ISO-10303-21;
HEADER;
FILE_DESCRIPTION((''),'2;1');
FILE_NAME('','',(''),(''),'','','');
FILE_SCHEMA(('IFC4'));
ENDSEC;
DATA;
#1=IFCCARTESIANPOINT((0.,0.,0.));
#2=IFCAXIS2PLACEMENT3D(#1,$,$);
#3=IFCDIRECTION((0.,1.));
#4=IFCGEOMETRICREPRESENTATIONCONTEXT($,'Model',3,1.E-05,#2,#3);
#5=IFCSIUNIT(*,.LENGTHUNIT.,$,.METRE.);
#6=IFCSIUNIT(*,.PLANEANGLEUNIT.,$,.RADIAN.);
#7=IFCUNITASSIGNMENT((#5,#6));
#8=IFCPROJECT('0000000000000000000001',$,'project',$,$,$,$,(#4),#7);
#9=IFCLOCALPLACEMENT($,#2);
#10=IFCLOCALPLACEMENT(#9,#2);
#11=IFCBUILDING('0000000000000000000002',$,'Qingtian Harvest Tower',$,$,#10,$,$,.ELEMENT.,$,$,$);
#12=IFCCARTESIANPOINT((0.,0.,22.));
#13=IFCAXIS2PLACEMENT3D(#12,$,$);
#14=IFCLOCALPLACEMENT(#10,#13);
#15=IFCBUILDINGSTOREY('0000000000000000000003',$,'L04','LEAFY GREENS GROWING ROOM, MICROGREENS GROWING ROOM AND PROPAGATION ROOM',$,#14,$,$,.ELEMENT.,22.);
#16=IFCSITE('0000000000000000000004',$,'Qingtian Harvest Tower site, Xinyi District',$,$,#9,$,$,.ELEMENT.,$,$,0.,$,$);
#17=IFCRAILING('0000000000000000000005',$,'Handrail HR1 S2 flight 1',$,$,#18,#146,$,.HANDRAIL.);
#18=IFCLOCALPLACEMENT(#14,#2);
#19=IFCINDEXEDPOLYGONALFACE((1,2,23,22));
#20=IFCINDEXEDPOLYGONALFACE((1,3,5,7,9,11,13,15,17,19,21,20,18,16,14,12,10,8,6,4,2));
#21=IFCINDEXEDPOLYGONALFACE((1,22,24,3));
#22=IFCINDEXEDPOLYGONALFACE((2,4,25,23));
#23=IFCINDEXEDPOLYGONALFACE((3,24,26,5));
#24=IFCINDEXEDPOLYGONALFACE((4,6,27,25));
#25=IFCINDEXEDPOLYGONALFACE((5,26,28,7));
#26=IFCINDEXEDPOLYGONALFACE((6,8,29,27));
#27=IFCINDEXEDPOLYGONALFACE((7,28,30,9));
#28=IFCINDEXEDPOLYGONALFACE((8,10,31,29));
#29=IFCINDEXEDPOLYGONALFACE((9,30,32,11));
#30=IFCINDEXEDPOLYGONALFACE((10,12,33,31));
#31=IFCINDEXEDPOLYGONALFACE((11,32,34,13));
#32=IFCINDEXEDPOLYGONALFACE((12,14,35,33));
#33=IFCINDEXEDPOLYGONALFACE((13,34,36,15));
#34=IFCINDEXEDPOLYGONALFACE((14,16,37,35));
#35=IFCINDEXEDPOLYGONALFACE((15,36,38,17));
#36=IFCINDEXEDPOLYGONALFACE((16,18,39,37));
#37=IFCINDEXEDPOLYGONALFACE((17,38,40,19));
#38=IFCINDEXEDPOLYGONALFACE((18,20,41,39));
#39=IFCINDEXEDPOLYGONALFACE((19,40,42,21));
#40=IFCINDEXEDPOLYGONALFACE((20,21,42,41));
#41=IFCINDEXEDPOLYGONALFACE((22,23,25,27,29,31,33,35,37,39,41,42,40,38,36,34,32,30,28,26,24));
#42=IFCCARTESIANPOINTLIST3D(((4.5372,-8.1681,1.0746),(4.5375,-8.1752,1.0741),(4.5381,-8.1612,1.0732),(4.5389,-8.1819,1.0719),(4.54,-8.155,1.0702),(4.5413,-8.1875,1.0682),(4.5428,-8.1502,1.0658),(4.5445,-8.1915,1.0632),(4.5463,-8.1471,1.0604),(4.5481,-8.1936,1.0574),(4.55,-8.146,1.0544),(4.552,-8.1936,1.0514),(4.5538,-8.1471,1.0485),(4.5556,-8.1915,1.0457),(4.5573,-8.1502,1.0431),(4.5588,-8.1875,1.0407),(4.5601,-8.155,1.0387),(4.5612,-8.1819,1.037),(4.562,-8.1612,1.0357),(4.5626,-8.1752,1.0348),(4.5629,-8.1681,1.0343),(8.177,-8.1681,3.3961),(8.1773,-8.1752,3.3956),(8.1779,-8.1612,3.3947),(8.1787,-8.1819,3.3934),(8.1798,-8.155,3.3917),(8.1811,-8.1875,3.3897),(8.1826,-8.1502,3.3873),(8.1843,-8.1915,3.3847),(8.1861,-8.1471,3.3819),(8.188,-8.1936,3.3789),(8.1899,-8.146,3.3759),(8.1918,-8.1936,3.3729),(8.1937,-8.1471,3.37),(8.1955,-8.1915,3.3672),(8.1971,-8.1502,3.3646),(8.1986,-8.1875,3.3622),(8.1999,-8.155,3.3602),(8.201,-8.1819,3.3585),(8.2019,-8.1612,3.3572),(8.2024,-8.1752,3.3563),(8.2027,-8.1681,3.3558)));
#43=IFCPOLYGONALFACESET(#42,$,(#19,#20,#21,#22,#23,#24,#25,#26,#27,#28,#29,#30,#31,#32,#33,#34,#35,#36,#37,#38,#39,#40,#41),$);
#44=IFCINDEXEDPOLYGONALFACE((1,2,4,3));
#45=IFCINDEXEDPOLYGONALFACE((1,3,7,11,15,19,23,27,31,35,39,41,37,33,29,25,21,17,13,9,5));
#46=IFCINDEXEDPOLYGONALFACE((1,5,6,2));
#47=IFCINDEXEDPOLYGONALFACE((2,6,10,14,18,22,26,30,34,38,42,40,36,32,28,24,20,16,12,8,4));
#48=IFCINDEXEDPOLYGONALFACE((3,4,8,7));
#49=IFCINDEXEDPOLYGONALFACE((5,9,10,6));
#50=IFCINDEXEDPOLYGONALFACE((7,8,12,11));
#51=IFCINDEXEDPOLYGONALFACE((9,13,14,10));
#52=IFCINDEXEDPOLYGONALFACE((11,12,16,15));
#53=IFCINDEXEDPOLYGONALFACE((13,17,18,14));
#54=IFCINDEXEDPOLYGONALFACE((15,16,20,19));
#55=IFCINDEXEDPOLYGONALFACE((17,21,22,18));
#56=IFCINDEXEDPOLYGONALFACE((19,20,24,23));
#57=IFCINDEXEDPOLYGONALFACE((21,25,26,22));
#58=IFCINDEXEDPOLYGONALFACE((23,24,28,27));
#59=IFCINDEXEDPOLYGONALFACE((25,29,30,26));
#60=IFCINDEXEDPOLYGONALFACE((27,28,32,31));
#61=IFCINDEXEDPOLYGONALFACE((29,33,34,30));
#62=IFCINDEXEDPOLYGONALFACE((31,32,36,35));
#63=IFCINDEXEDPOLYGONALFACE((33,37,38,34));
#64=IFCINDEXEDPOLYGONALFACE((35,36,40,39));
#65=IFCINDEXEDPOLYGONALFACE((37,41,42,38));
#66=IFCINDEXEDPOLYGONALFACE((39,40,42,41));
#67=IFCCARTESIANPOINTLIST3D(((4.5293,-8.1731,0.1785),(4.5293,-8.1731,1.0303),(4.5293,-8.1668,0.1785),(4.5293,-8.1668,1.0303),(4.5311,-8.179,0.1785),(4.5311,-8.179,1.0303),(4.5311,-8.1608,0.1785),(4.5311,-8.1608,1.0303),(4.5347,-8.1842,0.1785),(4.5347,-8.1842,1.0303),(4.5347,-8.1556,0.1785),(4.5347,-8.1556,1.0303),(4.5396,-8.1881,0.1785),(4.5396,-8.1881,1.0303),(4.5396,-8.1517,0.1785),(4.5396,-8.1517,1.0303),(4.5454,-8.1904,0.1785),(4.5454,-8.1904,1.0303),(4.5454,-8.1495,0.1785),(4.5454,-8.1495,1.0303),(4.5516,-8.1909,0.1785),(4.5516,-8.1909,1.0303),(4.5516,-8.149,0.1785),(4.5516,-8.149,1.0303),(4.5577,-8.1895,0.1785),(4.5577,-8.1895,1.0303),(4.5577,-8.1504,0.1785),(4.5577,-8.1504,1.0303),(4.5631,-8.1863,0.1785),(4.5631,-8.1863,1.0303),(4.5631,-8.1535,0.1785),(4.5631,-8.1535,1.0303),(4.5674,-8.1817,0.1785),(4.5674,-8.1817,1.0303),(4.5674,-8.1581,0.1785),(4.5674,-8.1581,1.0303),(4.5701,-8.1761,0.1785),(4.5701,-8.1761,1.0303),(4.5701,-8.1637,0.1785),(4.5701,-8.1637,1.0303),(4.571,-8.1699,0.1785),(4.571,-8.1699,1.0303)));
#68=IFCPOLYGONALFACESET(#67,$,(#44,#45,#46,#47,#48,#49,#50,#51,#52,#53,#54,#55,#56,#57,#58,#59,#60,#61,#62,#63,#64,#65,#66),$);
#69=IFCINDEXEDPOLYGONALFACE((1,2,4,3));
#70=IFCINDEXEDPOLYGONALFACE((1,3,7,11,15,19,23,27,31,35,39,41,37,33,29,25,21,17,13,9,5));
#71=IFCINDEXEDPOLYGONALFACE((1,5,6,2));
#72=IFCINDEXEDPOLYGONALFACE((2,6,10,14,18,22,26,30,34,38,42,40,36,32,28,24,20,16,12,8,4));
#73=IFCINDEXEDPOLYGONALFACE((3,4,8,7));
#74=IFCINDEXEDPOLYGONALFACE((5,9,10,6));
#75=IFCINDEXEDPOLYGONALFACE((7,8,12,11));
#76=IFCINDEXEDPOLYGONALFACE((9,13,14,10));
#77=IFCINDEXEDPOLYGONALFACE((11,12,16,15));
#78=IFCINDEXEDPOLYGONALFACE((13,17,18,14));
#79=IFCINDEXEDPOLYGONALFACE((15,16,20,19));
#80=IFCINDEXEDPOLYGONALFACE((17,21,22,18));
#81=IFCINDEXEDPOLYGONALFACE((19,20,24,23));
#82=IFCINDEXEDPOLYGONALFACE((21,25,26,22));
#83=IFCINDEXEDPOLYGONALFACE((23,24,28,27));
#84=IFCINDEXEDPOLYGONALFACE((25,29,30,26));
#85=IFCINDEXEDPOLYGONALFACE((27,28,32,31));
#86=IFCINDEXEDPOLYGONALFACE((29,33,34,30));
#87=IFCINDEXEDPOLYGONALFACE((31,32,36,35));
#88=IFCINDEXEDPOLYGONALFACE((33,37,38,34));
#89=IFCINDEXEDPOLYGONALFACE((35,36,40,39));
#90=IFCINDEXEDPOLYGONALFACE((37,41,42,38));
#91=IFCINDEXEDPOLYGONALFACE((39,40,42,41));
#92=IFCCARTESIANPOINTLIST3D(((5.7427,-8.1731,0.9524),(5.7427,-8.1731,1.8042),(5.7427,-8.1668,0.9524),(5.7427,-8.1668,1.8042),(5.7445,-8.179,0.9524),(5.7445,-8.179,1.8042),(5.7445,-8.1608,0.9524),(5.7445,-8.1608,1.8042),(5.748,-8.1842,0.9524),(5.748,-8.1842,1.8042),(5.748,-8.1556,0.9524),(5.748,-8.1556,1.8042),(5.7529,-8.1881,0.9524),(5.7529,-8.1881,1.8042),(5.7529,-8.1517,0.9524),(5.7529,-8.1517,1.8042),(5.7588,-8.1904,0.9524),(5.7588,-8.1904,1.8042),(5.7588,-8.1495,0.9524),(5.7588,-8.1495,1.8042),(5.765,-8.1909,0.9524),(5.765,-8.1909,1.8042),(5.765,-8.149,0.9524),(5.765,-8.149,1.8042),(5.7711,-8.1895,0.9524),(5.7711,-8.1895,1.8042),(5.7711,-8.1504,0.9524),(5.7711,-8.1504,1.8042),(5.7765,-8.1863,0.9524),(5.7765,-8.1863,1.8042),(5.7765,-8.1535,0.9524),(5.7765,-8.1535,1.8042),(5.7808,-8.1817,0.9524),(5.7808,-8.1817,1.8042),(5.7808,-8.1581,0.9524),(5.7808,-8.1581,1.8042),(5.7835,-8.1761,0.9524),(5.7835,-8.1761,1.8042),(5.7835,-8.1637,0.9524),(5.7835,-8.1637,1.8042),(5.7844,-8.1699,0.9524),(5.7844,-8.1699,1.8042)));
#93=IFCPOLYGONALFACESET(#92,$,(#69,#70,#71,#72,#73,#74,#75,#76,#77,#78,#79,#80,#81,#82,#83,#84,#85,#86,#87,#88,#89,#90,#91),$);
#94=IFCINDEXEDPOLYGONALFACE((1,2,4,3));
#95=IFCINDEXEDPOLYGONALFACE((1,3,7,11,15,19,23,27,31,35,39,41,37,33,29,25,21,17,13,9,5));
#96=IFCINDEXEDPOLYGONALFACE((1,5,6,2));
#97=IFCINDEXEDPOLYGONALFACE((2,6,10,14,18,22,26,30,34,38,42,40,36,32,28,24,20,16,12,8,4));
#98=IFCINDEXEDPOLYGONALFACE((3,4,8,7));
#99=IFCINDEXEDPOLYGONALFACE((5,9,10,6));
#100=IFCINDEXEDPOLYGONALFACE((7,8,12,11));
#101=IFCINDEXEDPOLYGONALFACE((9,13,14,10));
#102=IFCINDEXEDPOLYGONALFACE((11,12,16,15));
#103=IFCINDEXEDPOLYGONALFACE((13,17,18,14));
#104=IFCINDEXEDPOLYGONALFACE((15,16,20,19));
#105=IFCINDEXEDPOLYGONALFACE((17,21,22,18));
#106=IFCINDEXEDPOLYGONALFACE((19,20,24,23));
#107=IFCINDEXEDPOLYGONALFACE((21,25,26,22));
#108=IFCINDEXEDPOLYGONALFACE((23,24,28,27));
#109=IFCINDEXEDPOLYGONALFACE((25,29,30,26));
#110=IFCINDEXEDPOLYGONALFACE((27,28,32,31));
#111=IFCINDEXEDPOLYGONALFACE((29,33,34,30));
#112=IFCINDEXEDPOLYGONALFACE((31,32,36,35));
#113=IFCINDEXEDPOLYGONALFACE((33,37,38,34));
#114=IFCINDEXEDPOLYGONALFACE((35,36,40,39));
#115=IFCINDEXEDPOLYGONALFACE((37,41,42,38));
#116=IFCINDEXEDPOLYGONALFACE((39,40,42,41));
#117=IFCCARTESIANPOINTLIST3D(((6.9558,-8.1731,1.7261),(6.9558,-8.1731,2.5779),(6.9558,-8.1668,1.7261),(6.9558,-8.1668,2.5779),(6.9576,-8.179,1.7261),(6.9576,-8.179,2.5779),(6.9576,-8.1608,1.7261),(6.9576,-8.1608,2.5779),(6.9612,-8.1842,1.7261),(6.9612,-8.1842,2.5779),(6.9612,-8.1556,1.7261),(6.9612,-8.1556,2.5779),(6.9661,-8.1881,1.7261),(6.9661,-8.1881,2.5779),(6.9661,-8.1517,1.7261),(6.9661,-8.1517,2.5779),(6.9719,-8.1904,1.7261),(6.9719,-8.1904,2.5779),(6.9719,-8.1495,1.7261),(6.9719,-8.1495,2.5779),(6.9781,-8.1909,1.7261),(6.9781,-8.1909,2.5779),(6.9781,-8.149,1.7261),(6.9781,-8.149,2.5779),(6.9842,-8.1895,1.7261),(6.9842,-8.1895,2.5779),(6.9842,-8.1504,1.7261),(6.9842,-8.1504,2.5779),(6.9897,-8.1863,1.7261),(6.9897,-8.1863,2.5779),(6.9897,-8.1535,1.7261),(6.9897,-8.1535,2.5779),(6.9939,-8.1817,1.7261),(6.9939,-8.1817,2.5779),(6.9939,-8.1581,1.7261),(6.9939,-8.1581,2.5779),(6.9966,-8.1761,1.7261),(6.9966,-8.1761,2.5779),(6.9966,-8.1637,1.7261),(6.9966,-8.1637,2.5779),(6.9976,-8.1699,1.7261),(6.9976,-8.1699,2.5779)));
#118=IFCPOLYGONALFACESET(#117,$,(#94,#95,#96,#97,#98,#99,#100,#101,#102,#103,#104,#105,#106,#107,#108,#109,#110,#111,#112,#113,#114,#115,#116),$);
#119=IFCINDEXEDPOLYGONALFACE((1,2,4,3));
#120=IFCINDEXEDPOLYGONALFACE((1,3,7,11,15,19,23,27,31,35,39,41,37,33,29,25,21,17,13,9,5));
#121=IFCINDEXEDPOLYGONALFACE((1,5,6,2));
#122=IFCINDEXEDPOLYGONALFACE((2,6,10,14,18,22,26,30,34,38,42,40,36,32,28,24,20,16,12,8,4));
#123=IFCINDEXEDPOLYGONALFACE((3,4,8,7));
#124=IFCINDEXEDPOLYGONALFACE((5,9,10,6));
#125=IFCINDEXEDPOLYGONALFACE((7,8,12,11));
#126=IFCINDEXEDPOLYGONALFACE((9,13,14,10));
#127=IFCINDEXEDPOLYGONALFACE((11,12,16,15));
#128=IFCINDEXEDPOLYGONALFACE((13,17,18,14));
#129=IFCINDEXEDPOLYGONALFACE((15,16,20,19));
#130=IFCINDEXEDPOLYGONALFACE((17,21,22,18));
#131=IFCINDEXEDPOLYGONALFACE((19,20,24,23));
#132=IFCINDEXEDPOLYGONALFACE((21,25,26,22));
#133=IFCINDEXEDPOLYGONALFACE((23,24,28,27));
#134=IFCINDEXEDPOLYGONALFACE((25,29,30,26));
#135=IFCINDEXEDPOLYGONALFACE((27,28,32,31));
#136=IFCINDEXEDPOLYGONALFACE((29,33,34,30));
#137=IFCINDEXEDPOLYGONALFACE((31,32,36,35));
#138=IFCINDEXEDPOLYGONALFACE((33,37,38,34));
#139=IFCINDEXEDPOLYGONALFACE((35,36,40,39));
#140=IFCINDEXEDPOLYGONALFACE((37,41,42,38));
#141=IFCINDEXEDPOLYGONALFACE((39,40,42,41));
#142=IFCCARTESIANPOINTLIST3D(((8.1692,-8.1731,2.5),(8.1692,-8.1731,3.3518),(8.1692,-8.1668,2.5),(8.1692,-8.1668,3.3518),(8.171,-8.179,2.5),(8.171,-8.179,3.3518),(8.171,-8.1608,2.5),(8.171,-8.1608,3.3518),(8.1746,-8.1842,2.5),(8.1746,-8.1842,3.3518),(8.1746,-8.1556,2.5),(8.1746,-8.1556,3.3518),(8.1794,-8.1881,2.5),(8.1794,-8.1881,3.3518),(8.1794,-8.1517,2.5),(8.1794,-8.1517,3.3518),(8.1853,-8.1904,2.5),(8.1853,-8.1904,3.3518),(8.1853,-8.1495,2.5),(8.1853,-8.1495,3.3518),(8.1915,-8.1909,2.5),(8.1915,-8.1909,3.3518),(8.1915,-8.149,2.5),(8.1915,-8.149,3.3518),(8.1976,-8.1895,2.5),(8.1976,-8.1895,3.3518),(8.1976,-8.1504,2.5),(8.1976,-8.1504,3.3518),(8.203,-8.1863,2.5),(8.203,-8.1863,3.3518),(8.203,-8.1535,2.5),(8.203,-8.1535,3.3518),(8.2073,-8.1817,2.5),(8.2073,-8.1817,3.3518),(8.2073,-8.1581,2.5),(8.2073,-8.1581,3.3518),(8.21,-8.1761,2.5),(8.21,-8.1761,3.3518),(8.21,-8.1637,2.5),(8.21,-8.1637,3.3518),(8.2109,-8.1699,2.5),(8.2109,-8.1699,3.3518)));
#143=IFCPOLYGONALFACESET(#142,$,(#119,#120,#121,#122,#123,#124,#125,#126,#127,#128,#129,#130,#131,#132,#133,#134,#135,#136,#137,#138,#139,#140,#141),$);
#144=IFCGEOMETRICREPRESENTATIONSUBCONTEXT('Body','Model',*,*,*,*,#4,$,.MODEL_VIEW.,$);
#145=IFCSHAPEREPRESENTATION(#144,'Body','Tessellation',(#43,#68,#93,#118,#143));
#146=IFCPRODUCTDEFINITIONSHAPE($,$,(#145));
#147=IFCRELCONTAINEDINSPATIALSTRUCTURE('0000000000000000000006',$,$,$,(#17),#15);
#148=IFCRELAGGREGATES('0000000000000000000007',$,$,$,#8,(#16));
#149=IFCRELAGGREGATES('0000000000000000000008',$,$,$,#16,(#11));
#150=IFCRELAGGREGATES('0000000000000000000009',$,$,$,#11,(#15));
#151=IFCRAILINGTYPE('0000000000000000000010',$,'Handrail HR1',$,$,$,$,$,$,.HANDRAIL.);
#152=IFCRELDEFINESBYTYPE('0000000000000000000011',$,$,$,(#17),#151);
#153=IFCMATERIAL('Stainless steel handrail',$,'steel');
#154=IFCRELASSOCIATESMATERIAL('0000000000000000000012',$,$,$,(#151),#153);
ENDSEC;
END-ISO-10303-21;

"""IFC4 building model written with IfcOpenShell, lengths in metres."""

from ifc_helpers import new_model, si_unit, direction, frame, origin, origin_2d, place, context, subcontext, project, spatial, circle, extrude, material, type_object, element, save


model = new_model("IFC4")

# Units and contexts
model_context = context("Model", 3, precision=1e-05, world=origin(), true_north=direction((0.0, 1.0)))
body_context = subcontext(model_context, "Body", "Model", "MODEL_VIEW")
ifc_project = project(units=[si_unit("LENGTHUNIT", "METRE"), si_unit("PLANEANGLEUNIT", "RADIAN")], contexts=[model_context])

# Site, building, storey
site_placement = place(None, origin())
site = spatial("IfcSite", under=ifc_project, at=site_placement, Name="Qingtian Harvest Tower site, Xinyi District", CompositionType="ELEMENT", RefElevation=0.0)
building_placement = place(site_placement, origin())
building = spatial("IfcBuilding", under=site, at=building_placement, Name="Qingtian Harvest Tower", CompositionType="ELEMENT")
storey_placement = place(building_placement, frame((0.0, 0.0, 22.0)))
storey = spatial("IfcBuildingStorey", under=building, at=storey_placement, Name="L04", Description="LEAFY GREENS GROWING ROOM, MICROGREENS GROWING ROOM AND PROPAGATION ROOM", CompositionType="ELEMENT", Elevation=22.0)

# Railing
ifc_material_1 = material(Name="Stainless steel handrail", Category="steel")
railing_type = type_object("IfcRailingType", Name="Handrail HR1", PredefinedType="HANDRAIL", material=ifc_material_1)
railing_1_placement = place(storey_placement, frame((4.55, -8.1699, 0.1785)))
element("IfcRailing", 1, at=railing_1_placement, inside=storey, type_object=railing_type, Name="Handrail HR1 S2 flight 1", PredefinedType="HANDRAIL", context=body_context, shape_type="SweptSolid", body=[
    extrude(circle(Radius=0.0239, at=origin_2d()), frame((0.0, 0.0, 0.876), z_axis=(0.843112, 0.0, 0.537739), x_axis=(0.0, 1.0, 0.0)), (0.0, 0.0, 1.0), 4.3171),
    extrude(circle(Radius=0.021, at=origin_2d()), origin(), (0.0, 0.0, 1.0), 0.8518),
    extrude(circle(Radius=0.021, at=origin_2d()), frame((1.2134, 0.0, 0.7739)), (0.0, 0.0, 1.0), 0.8518),
    extrude(circle(Radius=0.021, at=origin_2d()), frame((2.4265, 0.0, 1.5476)), (0.0, 0.0, 1.0), 0.8518),
    extrude(circle(Radius=0.021, at=origin_2d()), frame((3.6399, 0.0, 2.3215)), (0.0, 0.0, 1.0), 0.8518),
])

save(model, "model.ifc")
